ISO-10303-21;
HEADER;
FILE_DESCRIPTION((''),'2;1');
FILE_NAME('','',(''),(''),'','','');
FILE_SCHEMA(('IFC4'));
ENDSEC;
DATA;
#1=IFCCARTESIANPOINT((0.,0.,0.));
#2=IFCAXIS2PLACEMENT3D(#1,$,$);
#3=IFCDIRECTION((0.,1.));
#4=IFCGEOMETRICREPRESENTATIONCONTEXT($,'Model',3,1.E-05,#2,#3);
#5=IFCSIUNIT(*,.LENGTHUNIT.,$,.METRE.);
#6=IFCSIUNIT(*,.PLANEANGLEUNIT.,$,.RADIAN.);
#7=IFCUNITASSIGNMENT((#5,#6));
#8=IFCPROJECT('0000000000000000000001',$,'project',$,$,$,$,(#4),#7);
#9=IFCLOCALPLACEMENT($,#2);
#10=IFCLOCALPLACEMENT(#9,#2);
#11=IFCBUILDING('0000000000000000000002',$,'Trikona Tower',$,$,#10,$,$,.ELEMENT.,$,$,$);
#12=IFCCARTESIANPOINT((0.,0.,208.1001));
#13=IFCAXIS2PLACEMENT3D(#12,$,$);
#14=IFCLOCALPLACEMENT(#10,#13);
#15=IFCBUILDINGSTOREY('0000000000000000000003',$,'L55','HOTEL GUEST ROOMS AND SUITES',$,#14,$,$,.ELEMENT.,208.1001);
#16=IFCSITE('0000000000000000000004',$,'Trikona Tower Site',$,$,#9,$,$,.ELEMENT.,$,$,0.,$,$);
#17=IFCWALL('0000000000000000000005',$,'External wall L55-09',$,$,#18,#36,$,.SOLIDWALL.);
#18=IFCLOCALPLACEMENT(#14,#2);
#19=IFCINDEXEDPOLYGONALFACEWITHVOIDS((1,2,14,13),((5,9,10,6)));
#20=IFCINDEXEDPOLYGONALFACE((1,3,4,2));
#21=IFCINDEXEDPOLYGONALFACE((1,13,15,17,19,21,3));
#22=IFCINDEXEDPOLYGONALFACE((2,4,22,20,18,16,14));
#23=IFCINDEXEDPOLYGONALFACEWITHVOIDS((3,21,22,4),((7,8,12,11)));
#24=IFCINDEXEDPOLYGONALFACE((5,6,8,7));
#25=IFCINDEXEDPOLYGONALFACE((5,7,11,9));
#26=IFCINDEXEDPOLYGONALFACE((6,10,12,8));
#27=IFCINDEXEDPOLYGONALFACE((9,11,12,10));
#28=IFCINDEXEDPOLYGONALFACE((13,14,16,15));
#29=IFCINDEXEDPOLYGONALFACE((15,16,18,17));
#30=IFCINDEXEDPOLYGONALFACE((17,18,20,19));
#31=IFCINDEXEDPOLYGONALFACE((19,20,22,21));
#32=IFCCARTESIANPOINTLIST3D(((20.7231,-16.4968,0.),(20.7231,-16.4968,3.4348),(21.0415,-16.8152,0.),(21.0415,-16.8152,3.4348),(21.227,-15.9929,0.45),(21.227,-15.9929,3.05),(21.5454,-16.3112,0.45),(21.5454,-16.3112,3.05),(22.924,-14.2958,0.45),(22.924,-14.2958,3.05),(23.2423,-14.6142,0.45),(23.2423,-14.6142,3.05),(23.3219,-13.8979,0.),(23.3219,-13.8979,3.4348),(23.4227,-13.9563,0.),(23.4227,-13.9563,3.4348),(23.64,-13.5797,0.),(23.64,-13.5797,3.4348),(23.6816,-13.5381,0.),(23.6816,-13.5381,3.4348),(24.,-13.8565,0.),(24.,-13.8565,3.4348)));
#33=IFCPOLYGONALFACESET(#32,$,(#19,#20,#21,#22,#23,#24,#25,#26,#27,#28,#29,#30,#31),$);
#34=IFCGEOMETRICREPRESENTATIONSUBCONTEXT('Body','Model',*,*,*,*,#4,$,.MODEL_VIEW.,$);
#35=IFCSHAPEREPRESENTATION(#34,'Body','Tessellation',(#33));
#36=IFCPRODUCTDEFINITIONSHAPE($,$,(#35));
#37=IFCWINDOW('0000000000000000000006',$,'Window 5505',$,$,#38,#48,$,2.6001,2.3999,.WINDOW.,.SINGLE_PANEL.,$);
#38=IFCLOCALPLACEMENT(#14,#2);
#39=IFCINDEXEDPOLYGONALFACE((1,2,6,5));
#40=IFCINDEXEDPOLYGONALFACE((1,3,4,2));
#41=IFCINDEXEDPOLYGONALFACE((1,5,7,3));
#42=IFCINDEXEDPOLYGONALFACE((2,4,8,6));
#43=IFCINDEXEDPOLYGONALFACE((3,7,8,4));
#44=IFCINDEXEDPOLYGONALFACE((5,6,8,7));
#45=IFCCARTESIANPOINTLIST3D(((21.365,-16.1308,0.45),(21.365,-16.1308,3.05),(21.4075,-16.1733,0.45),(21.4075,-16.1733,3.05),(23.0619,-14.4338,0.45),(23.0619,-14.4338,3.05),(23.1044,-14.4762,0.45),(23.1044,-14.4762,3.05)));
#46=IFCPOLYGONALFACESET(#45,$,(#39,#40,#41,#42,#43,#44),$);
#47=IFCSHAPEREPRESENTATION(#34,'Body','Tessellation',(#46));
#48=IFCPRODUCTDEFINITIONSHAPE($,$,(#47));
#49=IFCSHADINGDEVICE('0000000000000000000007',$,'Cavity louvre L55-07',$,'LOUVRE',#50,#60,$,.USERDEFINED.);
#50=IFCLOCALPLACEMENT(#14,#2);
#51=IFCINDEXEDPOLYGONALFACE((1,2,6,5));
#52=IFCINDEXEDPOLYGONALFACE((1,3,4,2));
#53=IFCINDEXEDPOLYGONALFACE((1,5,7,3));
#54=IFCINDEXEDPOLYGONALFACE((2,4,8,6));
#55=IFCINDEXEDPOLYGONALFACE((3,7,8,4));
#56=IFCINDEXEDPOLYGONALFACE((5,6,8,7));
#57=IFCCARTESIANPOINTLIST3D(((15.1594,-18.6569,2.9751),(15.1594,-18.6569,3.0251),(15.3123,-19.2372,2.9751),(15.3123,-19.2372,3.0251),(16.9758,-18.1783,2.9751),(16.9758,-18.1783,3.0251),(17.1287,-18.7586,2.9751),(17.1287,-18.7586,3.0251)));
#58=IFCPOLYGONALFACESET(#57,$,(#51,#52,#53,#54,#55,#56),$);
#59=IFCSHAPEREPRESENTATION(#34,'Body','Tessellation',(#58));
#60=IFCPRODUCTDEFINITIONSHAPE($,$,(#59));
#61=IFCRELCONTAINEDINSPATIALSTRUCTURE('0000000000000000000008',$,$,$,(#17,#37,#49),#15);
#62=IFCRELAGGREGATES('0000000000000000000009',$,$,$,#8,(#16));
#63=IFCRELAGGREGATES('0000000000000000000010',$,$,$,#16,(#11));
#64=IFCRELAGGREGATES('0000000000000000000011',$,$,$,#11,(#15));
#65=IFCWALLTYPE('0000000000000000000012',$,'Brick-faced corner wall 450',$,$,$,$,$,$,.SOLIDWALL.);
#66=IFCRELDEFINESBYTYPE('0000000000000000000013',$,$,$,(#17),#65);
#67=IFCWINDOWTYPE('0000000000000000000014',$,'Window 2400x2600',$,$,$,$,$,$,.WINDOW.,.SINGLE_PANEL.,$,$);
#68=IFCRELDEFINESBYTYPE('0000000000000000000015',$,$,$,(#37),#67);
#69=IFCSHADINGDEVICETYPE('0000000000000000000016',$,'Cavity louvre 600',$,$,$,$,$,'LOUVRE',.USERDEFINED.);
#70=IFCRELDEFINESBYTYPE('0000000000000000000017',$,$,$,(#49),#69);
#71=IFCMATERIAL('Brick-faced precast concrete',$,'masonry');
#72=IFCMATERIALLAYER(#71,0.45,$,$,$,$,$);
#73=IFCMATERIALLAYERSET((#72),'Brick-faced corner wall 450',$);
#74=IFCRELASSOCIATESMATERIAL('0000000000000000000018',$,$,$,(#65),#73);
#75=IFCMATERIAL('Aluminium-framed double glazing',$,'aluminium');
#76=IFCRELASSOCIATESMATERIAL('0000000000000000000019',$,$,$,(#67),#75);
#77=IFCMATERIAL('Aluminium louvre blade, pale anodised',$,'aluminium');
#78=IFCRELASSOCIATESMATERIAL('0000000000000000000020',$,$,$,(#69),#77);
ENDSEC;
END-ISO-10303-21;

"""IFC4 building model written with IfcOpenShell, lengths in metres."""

from ifc_helpers import new_model, si_unit, direction, frame, frame_2d, origin, origin_2d, place, context, subcontext, project, spatial, polyline, rectangle, outline, extrude, material, layer, layer_set, type_object, element, fill, save


model = new_model("IFC4")

# Units and contexts
model_context = context("Model", 3, precision=1e-05, world=origin(), true_north=direction((0.0, 1.0)))
body_context = subcontext(model_context, "Body", "Model", "MODEL_VIEW")
ifc_project = project(units=[si_unit("LENGTHUNIT", "METRE"), si_unit("PLANEANGLEUNIT", "RADIAN")], contexts=[model_context])

# Site, building, storey
site_placement = place(None, origin())
site = spatial("IfcSite", under=ifc_project, at=site_placement, Name="Trikona Tower Site", CompositionType="ELEMENT", RefElevation=0.0)
building_placement = place(site_placement, origin())
building = spatial("IfcBuilding", under=site, at=building_placement, Name="Trikona Tower", CompositionType="ELEMENT")
storey_placement = place(building_placement, frame((0.0, 0.0, 208.1001)))
storey = spatial("IfcBuildingStorey", under=building, at=storey_placement, Name="L55", Description="HOTEL GUEST ROOMS AND SUITES", CompositionType="ELEMENT", Elevation=208.1001)

# Wall, opening, window
ifc_material_1 = material(Name="Brick-faced precast concrete", Category="masonry")
ifc_layer_1 = layer(ifc_material_1, 0.45)
ifc_layer_set_1 = layer_set([ifc_layer_1], Name="Brick-faced corner wall 450")
wall_type_1 = type_object("IfcWallType", Name="Brick-faced corner wall 450", PredefinedType="SOLIDWALL", material=ifc_layer_set_1)
wall_1_placement = place(storey_placement, frame((20.8823, -16.656, 0.0), z_axis=(0.0, 0.0, 1.0), x_axis=(0.707078, 0.707136, 0.0)))
wall_1 = element("IfcWall", 1, at=wall_1_placement, inside=storey, type_object=wall_type_1, Name="External wall L55-09", PredefinedType="SOLIDWALL", context=body_context, shape_type="SweptSolid", body=[
    extrude(outline(polyline([(4.1841, 0.2251), (4.1252, 0.2251), (3.7053, 0.1125), (3.6753, 0.2251), (0.0, 0.2251), (0.0, -0.2251), (4.1841, -0.2251), (4.1841, 0.2251)])), origin(), (0.0, 0.0, 1.0), 3.4348),
])
opening_1_placement = place(wall_1_placement, frame((0.7126, 0.0, 0.45)))
opening_1 = element("IfcOpeningElement", 2, at=opening_1_placement, cuts=wall_1, PredefinedType="OPENING", context=body_context, shape_type="SweptSolid", body=[
    extrude(rectangle(XDim=2.3999, YDim=2.6001, at=frame_2d((1.2, 1.3))), frame((0.0, 0.2349, 0.0), z_axis=(0.0, -1.0, 0.0), x_axis=(1.0, 0.0, 0.0)), (0.0, 0.0, 1.0), 0.47),
])
ifc_material_2 = material(Name="Aluminium-framed double glazing", Category="aluminium")
window_type_1 = type_object("IfcWindowType", Name="Window 2400x2600", PartitioningType="SINGLE_PANEL", PredefinedType="WINDOW", material=ifc_material_2)
window_1_placement = place(opening_1_placement, origin())
window_1 = element("IfcWindow", 3, at=window_1_placement, inside=storey, type_object=window_type_1, Name="Window 5505", OverallHeight=2.6001, OverallWidth=2.3999, PartitioningType="SINGLE_PANEL", PredefinedType="WINDOW", context=body_context, shape_type="SweptSolid", body=[
    extrude(rectangle(XDim=2.3999, YDim=2.6001, at=frame_2d((1.2, 1.3))), frame((0.0, 0.03, 0.0), z_axis=(0.0, -1.0, 0.0), x_axis=(1.0, 0.0, 0.0)), (0.0, 0.0, 1.0), 0.0601),
])
fill(opening_1, window_1)

# Shading device
ifc_material_3 = material(Name="Aluminium louvre blade, pale anodised", Category="aluminium")
shading_device_type = type_object("IfcShadingDeviceType", Name="Cavity louvre 600", ElementType="LOUVRE", PredefinedType="USERDEFINED", material=ifc_material_3)
shading_device_placement = place(storey_placement, frame((16.144, -18.7078, 2.9751), z_axis=(0.0, 0.0, 1.0), x_axis=(0.966993, 0.254803, 0.0)))
element("IfcShadingDevice", 4, at=shading_device_placement, inside=storey, type_object=shading_device_type, Name="Cavity louvre L55-07", ObjectType="LOUVRE", PredefinedType="USERDEFINED", context=body_context, shape_type="SweptSolid", body=[
    extrude(rectangle(XDim=1.8784, YDim=0.6001, at=origin_2d()), origin(), (0.0, 0.0, 1.0), 0.05),
])

save(model, "model.ifc")
